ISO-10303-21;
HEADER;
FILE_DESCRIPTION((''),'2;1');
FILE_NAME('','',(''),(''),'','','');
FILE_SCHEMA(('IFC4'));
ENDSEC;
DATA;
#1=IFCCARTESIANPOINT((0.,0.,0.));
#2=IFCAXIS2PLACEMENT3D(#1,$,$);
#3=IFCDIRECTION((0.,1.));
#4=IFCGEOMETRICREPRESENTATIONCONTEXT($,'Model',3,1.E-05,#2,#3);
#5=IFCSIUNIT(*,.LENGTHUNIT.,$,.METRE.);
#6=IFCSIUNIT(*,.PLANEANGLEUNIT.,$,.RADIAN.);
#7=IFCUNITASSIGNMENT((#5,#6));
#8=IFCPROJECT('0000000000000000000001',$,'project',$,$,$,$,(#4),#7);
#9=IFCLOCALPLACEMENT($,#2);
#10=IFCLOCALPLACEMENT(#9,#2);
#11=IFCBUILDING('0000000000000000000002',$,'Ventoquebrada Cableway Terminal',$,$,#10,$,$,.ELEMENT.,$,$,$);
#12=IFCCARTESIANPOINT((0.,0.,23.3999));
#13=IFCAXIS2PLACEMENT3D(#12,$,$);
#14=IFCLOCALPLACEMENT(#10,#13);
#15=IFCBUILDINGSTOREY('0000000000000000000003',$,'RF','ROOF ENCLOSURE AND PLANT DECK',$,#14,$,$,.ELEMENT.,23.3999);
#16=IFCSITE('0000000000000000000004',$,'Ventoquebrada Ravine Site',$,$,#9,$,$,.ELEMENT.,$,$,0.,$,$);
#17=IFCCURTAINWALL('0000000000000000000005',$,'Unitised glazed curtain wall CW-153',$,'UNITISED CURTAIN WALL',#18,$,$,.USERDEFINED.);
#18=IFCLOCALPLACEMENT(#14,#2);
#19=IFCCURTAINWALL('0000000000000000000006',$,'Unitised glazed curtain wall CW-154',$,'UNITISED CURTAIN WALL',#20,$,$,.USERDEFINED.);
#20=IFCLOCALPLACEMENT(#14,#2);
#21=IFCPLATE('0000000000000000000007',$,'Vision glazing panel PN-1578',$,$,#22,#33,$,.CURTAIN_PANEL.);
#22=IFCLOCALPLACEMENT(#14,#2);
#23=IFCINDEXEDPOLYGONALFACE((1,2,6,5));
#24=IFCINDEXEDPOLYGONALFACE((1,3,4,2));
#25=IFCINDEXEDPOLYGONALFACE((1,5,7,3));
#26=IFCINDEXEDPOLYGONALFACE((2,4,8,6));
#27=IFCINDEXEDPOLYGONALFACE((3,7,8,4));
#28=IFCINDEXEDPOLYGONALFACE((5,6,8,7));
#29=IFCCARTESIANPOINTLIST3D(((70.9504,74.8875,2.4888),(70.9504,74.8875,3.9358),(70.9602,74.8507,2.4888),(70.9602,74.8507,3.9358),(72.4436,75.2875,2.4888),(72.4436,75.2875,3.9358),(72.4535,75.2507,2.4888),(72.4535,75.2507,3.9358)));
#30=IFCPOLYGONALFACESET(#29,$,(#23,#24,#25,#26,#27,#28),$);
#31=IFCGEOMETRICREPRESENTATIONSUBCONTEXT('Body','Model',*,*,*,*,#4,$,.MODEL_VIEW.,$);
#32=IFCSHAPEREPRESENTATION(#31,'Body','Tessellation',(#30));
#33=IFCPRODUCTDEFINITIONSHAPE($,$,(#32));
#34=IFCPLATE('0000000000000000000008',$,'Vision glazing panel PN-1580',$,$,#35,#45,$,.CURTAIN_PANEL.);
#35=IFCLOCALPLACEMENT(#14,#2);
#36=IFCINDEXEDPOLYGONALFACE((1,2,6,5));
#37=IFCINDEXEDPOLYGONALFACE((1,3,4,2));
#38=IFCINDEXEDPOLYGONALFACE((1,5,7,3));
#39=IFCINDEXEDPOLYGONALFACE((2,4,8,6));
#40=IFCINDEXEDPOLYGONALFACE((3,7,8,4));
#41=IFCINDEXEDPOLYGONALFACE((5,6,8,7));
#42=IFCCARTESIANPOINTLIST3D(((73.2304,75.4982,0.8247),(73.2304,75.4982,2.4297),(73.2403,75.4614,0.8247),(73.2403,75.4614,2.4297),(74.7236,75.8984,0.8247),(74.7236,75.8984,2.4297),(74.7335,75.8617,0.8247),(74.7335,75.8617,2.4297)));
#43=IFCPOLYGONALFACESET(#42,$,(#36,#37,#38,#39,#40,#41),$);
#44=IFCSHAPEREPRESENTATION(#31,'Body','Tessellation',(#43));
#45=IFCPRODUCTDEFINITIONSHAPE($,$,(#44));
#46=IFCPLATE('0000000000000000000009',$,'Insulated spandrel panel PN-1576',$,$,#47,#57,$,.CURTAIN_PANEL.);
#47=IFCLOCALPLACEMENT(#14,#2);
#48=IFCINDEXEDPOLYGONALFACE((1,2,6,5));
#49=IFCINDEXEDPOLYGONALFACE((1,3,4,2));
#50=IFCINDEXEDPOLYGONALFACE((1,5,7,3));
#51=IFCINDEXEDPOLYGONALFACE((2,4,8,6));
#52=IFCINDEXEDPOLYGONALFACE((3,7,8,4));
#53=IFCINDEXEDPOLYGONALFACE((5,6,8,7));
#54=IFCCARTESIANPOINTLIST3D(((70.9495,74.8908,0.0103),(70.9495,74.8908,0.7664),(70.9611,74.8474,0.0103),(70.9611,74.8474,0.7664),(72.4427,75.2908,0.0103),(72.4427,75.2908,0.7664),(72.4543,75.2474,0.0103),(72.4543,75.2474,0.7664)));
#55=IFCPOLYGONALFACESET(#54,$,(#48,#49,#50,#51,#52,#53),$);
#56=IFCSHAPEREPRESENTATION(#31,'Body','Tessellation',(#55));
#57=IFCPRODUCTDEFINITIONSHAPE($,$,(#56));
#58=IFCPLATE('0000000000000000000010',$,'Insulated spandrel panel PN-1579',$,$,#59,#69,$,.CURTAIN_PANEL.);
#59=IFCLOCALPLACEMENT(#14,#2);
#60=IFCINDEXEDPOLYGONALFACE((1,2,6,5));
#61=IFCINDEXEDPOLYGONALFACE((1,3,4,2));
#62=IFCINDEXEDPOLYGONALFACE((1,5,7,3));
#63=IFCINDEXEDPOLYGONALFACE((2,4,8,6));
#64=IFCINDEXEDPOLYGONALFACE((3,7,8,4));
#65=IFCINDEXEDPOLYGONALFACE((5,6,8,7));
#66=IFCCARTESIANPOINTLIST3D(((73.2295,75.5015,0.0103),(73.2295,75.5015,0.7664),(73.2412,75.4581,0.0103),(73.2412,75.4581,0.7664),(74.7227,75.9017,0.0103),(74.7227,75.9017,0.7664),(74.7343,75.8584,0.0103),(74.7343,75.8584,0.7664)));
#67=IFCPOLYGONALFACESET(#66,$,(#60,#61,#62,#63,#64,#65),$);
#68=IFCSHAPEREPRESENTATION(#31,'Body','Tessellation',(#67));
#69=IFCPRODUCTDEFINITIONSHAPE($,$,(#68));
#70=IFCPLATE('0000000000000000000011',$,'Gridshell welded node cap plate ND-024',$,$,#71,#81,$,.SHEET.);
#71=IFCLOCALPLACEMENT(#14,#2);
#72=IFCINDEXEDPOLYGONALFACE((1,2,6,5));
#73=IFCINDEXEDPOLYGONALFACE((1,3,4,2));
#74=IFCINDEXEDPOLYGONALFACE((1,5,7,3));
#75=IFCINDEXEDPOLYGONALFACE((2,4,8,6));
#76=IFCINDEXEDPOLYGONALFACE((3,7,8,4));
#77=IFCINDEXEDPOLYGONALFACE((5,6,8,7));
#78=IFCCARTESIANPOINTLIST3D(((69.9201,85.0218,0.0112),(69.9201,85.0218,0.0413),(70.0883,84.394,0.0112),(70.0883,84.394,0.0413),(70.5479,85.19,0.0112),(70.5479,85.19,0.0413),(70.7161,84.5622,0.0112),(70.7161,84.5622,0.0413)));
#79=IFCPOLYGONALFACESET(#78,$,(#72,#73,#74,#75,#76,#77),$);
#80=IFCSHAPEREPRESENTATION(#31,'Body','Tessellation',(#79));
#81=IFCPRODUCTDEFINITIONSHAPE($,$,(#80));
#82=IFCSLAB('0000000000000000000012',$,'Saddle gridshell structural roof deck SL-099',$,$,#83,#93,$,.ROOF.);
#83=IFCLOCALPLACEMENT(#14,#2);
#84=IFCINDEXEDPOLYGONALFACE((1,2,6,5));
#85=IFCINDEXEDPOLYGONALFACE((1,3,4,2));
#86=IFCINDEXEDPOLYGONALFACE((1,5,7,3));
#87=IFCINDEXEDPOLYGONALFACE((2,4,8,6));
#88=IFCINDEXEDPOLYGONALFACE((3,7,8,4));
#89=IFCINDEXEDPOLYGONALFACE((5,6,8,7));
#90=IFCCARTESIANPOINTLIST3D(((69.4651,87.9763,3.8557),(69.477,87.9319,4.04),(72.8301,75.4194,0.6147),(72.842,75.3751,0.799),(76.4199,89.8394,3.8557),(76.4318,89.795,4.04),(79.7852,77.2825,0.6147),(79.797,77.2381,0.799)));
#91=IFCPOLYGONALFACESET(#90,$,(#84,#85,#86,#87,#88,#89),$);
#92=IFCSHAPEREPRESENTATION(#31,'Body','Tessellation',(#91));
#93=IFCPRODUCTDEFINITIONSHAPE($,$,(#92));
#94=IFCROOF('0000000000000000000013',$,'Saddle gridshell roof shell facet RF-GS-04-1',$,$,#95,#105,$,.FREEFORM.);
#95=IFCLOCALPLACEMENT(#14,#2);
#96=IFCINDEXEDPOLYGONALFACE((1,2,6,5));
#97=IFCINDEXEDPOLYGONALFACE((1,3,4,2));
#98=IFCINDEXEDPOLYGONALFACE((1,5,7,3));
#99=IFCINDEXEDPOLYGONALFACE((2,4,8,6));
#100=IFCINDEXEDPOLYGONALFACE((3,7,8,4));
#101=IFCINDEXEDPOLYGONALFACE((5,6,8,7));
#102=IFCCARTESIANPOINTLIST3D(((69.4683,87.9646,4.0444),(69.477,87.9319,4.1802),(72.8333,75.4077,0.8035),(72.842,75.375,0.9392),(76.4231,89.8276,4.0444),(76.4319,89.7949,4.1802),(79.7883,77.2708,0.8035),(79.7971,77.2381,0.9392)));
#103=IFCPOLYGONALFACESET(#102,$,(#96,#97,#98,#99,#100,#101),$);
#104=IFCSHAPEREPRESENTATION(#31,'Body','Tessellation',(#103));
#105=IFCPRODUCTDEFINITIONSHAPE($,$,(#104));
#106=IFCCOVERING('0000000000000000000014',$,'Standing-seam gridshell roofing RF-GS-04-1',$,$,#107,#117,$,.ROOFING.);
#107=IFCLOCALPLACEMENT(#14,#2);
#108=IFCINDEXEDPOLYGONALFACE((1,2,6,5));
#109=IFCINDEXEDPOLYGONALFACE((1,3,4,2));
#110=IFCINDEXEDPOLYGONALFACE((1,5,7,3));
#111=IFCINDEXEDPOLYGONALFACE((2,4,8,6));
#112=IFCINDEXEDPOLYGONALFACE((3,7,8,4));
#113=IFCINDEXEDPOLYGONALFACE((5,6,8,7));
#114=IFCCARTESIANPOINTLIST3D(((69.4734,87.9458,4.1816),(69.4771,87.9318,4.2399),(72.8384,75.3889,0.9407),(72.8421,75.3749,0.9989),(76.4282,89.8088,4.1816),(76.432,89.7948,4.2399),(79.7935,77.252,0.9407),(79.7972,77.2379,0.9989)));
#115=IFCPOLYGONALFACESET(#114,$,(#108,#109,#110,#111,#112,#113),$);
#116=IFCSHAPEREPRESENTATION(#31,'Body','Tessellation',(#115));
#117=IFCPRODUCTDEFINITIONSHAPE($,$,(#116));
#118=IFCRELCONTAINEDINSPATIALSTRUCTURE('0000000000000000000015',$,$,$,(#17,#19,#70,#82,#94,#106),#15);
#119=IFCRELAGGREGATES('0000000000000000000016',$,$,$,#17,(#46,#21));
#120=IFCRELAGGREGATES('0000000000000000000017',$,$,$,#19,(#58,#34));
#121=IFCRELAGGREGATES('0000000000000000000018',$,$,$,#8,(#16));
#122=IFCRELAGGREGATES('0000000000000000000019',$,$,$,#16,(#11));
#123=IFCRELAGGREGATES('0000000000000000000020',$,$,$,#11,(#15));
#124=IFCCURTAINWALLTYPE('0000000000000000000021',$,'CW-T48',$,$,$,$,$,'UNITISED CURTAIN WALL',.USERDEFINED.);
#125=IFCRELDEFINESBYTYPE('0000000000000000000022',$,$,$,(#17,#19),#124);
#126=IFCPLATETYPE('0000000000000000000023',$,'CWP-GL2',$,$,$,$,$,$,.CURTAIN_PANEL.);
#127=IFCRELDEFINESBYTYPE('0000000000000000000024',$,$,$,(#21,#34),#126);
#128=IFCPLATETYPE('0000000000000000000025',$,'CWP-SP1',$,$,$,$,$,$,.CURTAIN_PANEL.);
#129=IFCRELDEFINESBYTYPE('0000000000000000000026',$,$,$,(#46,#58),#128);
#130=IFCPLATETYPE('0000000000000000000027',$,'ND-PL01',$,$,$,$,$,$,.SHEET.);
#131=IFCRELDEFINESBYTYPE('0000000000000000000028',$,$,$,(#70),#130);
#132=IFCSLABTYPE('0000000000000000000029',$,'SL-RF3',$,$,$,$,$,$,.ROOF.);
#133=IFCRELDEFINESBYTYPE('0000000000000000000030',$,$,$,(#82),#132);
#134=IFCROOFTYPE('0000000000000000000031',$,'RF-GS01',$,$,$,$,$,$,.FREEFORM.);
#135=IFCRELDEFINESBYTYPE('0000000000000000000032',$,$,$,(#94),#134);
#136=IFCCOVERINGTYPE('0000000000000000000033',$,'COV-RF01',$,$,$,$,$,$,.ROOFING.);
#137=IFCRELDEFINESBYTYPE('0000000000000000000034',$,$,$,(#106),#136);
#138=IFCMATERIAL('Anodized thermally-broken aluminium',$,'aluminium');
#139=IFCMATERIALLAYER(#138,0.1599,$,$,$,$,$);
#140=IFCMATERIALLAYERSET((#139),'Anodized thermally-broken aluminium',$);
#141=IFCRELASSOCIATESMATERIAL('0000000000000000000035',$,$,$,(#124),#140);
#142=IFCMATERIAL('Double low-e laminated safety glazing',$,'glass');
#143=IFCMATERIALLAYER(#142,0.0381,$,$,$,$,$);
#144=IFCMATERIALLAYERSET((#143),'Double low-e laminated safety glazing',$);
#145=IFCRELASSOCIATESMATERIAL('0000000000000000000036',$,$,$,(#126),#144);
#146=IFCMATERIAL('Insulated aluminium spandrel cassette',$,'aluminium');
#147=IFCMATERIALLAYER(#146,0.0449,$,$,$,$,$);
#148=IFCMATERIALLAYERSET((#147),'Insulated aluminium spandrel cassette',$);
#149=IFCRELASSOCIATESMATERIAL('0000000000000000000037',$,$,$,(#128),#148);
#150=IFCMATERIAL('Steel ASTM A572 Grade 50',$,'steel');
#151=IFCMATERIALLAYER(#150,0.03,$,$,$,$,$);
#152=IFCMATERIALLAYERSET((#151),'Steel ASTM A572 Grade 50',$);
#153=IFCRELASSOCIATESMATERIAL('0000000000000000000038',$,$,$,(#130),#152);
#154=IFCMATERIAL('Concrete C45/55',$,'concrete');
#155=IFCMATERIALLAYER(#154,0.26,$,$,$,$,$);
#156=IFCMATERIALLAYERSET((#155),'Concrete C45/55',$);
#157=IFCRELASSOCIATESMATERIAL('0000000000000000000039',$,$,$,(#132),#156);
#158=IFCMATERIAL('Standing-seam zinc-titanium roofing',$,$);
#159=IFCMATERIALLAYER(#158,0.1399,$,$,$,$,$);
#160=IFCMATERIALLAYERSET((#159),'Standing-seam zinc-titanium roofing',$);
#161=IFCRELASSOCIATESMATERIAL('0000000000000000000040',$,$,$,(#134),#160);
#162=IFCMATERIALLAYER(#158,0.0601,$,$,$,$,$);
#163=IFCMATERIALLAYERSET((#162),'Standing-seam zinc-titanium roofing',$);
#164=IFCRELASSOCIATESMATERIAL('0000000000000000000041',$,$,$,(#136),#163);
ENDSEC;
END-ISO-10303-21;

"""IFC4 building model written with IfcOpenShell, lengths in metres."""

from ifc_helpers import new_model, si_unit, direction, frame, origin, origin_2d, place, context, subcontext, project, spatial, polyline, rectangle, outline, extrude, material, layer, layer_set, type_object, element, aggregate, save


model = new_model("IFC4")

# Units and contexts
model_context = context("Model", 3, precision=1e-05, world=origin(), true_north=direction((0.0, 1.0)))
body_context = subcontext(model_context, "Body", "Model", "MODEL_VIEW")
ifc_project = project(units=[si_unit("LENGTHUNIT", "METRE"), si_unit("PLANEANGLEUNIT", "RADIAN")], contexts=[model_context])

# Site, building, storey
site_placement = place(None, origin())
site = spatial("IfcSite", under=ifc_project, at=site_placement, Name="Ventoquebrada Ravine Site", CompositionType="ELEMENT", RefElevation=0.0)
building_placement = place(site_placement, origin())
building = spatial("IfcBuilding", under=site, at=building_placement, Name="Ventoquebrada Cableway Terminal", CompositionType="ELEMENT")
storey_placement = place(building_placement, frame((0.0, 0.0, 23.3999)))
storey = spatial("IfcBuildingStorey", under=building, at=storey_placement, Name="RF", Description="ROOF ENCLOSURE AND PLANT DECK", CompositionType="ELEMENT", Elevation=23.3999)

# Curtain wall
ifc_material_1 = material(Name="Anodized thermally-broken aluminium", Category="aluminium")
ifc_layer_1 = layer(ifc_material_1, 0.1599)
ifc_layer_set_1 = layer_set([ifc_layer_1], Name="Anodized thermally-broken aluminium")
curtain_wall_type = type_object("IfcCurtainWallType", Name="CW-T48", ElementType="UNITISED CURTAIN WALL", PredefinedType="USERDEFINED", material=ifc_layer_set_1)
curtain_wall_1_placement = place(storey_placement, origin())
curtain_wall_1 = element("IfcCurtainWall", 1, at=curtain_wall_1_placement, inside=storey, type_object=curtain_wall_type, Name="Unitised glazed curtain wall CW-153", ObjectType="UNITISED CURTAIN WALL", PredefinedType="USERDEFINED")

# Curtain wall
curtain_wall_2_placement = place(storey_placement, origin())
curtain_wall_2 = element("IfcCurtainWall", 2, at=curtain_wall_2_placement, inside=storey, type_object=curtain_wall_type, Name="Unitised glazed curtain wall CW-154", ObjectType="UNITISED CURTAIN WALL", PredefinedType="USERDEFINED")

# Plates
ifc_material_2 = material(Name="Double low-e laminated safety glazing", Category="glass")
ifc_layer_2 = layer(ifc_material_2, 0.0381)
ifc_layer_set_2 = layer_set([ifc_layer_2], Name="Double low-e laminated safety glazing")
plate_type_1 = type_object("IfcPlateType", Name="CWP-GL2", PredefinedType="CURTAIN_PANEL", material=ifc_layer_set_2)
plate_1_placement = place(storey_placement, frame((71.7019, 75.0691, 2.4888), z_axis=(0.0, 0.0, 1.0), x_axis=(0.965944, 0.258752, 0.0)))
plate_1 = element("IfcPlate", 3, at=plate_1_placement, type_object=plate_type_1, Name="Vision glazing panel PN-1578", PredefinedType="CURTAIN_PANEL", context=body_context, shape_type="SweptSolid", body=[
    extrude(rectangle(XDim=1.5459, YDim=0.0381, at=origin_2d()), origin(), (0.0, 0.0, 1.0), 1.447),
])
plate_2_placement = place(storey_placement, frame((73.9819, 75.6799, 0.8247), z_axis=(0.0, 0.0, 1.0), x_axis=(0.965903, 0.258903, 0.0)))
plate_2 = element("IfcPlate", 4, at=plate_2_placement, type_object=plate_type_1, Name="Vision glazing panel PN-1580", PredefinedType="CURTAIN_PANEL", context=body_context, shape_type="SweptSolid", body=[
    extrude(rectangle(XDim=1.5459, YDim=0.0381, at=origin_2d()), origin(), (0.0, 0.0, 1.0), 1.605),
])
ifc_material_3 = material(Name="Insulated aluminium spandrel cassette", Category="aluminium")
ifc_layer_3 = layer(ifc_material_3, 0.0449)
ifc_layer_set_3 = layer_set([ifc_layer_3], Name="Insulated aluminium spandrel cassette")
plate_type_2 = type_object("IfcPlateType", Name="CWP-SP1", PredefinedType="CURTAIN_PANEL", material=ifc_layer_set_3)
plate_3_placement = place(storey_placement, frame((71.7019, 75.0691, 0.0103), z_axis=(0.0, 0.0, 1.0), x_axis=(0.965944, 0.258752, 0.0)))
plate_3 = element("IfcPlate", 5, at=plate_3_placement, type_object=plate_type_2, Name="Insulated spandrel panel PN-1576", PredefinedType="CURTAIN_PANEL", context=body_context, shape_type="SweptSolid", body=[
    extrude(rectangle(XDim=1.5459, YDim=0.0449, at=origin_2d()), origin(), (0.0, 0.0, 1.0), 0.7561),
])
aggregate(curtain_wall_1, [plate_3, plate_1])
plate_4_placement = place(storey_placement, frame((73.9819, 75.6799, 0.0103), z_axis=(0.0, 0.0, 1.0), x_axis=(0.965903, 0.258903, 0.0)))
plate_4 = element("IfcPlate", 6, at=plate_4_placement, type_object=plate_type_2, Name="Insulated spandrel panel PN-1579", PredefinedType="CURTAIN_PANEL", context=body_context, shape_type="SweptSolid", body=[
    extrude(rectangle(XDim=1.5459, YDim=0.0449, at=origin_2d()), origin(), (0.0, 0.0, 1.0), 0.7561),
])
aggregate(curtain_wall_2, [plate_4, plate_2])
ifc_material_4 = material(Name="Steel ASTM A572 Grade 50", Category="steel")
ifc_layer_4 = layer(ifc_material_4, 0.03)
ifc_layer_set_4 = layer_set([ifc_layer_4], Name="Steel ASTM A572 Grade 50")
plate_type_3 = type_object("IfcPlateType", Name="ND-PL01", PredefinedType="SHEET", material=ifc_layer_set_4)
plate_5_placement = place(storey_placement, frame((70.3181, 84.792, 0.0112), z_axis=(0.0, 0.0, 1.0), x_axis=(0.965926, 0.258819, 0.0)))
element("IfcPlate", 7, at=plate_5_placement, inside=storey, type_object=plate_type_3, Name="Gridshell welded node cap plate ND-024", PredefinedType="SHEET", context=body_context, shape_type="SweptSolid", body=[
    extrude(rectangle(XDim=0.6499, YDim=0.6499, at=origin_2d()), origin(), (0.0, 0.0, 1.0), 0.03),
])

# Slab
ifc_material_5 = material(Name="Concrete C45/55", Category="concrete")
ifc_layer_5 = layer(ifc_material_5, 0.26)
ifc_layer_set_5 = layer_set([ifc_layer_5], Name="Concrete C45/55")
slab_type = type_object("IfcSlabType", Name="SL-RF3", PredefinedType="ROOF", material=ifc_layer_set_5)
slab_placement = place(storey_placement, frame((72.8301, 75.4194, 0.6147), z_axis=(0.062592, -0.233663, 0.970301), x_axis=(0.965946, 0.258745, -0.000001)))
element("IfcSlab", 8, at=slab_placement, inside=storey, type_object=slab_type, Name="Saddle gridshell structural roof deck SL-099", PredefinedType="ROOF", context=body_context, shape_type="SweptSolid", body=[
    extrude(outline(polyline([(0.0, 0.0), (7.2003, 0.0), (7.1987, 13.3979), (-0.0014, 13.3978), (0.0, 0.0)])), origin(), (0.0, 0.0, 1.0), 0.1899),
])

# Roof
ifc_material_6 = material(Name="Standing-seam zinc-titanium roofing")
ifc_layer_6 = layer(ifc_material_6, 0.1399)
ifc_layer_set_6 = layer_set([ifc_layer_6], Name="Standing-seam zinc-titanium roofing")
roof_type = type_object("IfcRoofType", Name="RF-GS01", PredefinedType="FREEFORM", material=ifc_layer_set_6)
roof_placement = place(storey_placement, frame((72.8333, 75.4077, 0.8035), z_axis=(0.062592, -0.233663, 0.970301), x_axis=(0.965946, 0.258745, -0.000001)))
element("IfcRoof", 9, at=roof_placement, inside=storey, type_object=roof_type, Name="Saddle gridshell roof shell facet RF-GS-04-1", PredefinedType="FREEFORM", context=body_context, shape_type="SweptSolid", body=[
    extrude(outline(polyline([(0.0, 0.0), (7.2003, 0.0), (7.1987, 13.3979), (-0.0014, 13.3978), (0.0, 0.0)])), origin(), (0.0, 0.0, 1.0), 0.1399),
])

# Covering
ifc_layer_7 = layer(ifc_material_6, 0.0601)
ifc_layer_set_7 = layer_set([ifc_layer_7], Name="Standing-seam zinc-titanium roofing")
covering_type = type_object("IfcCoveringType", Name="COV-RF01", PredefinedType="ROOFING", material=ifc_layer_set_7)
covering_placement = place(storey_placement, frame((72.8384, 75.3889, 0.9407), z_axis=(0.062592, -0.233663, 0.970301), x_axis=(0.965946, 0.258745, -0.000001)))
element("IfcCovering", 10, at=covering_placement, inside=storey, type_object=covering_type, Name="Standing-seam gridshell roofing RF-GS-04-1", PredefinedType="ROOFING", context=body_context, shape_type="SweptSolid", body=[
    extrude(outline(polyline([(0.0, 0.0), (7.2003, 0.0), (7.1987, 13.3979), (-0.0014, 13.3978), (0.0, 0.0)])), origin(), (0.0, 0.0, 1.0), 0.0601),
])

save(model, "model.ifc")
